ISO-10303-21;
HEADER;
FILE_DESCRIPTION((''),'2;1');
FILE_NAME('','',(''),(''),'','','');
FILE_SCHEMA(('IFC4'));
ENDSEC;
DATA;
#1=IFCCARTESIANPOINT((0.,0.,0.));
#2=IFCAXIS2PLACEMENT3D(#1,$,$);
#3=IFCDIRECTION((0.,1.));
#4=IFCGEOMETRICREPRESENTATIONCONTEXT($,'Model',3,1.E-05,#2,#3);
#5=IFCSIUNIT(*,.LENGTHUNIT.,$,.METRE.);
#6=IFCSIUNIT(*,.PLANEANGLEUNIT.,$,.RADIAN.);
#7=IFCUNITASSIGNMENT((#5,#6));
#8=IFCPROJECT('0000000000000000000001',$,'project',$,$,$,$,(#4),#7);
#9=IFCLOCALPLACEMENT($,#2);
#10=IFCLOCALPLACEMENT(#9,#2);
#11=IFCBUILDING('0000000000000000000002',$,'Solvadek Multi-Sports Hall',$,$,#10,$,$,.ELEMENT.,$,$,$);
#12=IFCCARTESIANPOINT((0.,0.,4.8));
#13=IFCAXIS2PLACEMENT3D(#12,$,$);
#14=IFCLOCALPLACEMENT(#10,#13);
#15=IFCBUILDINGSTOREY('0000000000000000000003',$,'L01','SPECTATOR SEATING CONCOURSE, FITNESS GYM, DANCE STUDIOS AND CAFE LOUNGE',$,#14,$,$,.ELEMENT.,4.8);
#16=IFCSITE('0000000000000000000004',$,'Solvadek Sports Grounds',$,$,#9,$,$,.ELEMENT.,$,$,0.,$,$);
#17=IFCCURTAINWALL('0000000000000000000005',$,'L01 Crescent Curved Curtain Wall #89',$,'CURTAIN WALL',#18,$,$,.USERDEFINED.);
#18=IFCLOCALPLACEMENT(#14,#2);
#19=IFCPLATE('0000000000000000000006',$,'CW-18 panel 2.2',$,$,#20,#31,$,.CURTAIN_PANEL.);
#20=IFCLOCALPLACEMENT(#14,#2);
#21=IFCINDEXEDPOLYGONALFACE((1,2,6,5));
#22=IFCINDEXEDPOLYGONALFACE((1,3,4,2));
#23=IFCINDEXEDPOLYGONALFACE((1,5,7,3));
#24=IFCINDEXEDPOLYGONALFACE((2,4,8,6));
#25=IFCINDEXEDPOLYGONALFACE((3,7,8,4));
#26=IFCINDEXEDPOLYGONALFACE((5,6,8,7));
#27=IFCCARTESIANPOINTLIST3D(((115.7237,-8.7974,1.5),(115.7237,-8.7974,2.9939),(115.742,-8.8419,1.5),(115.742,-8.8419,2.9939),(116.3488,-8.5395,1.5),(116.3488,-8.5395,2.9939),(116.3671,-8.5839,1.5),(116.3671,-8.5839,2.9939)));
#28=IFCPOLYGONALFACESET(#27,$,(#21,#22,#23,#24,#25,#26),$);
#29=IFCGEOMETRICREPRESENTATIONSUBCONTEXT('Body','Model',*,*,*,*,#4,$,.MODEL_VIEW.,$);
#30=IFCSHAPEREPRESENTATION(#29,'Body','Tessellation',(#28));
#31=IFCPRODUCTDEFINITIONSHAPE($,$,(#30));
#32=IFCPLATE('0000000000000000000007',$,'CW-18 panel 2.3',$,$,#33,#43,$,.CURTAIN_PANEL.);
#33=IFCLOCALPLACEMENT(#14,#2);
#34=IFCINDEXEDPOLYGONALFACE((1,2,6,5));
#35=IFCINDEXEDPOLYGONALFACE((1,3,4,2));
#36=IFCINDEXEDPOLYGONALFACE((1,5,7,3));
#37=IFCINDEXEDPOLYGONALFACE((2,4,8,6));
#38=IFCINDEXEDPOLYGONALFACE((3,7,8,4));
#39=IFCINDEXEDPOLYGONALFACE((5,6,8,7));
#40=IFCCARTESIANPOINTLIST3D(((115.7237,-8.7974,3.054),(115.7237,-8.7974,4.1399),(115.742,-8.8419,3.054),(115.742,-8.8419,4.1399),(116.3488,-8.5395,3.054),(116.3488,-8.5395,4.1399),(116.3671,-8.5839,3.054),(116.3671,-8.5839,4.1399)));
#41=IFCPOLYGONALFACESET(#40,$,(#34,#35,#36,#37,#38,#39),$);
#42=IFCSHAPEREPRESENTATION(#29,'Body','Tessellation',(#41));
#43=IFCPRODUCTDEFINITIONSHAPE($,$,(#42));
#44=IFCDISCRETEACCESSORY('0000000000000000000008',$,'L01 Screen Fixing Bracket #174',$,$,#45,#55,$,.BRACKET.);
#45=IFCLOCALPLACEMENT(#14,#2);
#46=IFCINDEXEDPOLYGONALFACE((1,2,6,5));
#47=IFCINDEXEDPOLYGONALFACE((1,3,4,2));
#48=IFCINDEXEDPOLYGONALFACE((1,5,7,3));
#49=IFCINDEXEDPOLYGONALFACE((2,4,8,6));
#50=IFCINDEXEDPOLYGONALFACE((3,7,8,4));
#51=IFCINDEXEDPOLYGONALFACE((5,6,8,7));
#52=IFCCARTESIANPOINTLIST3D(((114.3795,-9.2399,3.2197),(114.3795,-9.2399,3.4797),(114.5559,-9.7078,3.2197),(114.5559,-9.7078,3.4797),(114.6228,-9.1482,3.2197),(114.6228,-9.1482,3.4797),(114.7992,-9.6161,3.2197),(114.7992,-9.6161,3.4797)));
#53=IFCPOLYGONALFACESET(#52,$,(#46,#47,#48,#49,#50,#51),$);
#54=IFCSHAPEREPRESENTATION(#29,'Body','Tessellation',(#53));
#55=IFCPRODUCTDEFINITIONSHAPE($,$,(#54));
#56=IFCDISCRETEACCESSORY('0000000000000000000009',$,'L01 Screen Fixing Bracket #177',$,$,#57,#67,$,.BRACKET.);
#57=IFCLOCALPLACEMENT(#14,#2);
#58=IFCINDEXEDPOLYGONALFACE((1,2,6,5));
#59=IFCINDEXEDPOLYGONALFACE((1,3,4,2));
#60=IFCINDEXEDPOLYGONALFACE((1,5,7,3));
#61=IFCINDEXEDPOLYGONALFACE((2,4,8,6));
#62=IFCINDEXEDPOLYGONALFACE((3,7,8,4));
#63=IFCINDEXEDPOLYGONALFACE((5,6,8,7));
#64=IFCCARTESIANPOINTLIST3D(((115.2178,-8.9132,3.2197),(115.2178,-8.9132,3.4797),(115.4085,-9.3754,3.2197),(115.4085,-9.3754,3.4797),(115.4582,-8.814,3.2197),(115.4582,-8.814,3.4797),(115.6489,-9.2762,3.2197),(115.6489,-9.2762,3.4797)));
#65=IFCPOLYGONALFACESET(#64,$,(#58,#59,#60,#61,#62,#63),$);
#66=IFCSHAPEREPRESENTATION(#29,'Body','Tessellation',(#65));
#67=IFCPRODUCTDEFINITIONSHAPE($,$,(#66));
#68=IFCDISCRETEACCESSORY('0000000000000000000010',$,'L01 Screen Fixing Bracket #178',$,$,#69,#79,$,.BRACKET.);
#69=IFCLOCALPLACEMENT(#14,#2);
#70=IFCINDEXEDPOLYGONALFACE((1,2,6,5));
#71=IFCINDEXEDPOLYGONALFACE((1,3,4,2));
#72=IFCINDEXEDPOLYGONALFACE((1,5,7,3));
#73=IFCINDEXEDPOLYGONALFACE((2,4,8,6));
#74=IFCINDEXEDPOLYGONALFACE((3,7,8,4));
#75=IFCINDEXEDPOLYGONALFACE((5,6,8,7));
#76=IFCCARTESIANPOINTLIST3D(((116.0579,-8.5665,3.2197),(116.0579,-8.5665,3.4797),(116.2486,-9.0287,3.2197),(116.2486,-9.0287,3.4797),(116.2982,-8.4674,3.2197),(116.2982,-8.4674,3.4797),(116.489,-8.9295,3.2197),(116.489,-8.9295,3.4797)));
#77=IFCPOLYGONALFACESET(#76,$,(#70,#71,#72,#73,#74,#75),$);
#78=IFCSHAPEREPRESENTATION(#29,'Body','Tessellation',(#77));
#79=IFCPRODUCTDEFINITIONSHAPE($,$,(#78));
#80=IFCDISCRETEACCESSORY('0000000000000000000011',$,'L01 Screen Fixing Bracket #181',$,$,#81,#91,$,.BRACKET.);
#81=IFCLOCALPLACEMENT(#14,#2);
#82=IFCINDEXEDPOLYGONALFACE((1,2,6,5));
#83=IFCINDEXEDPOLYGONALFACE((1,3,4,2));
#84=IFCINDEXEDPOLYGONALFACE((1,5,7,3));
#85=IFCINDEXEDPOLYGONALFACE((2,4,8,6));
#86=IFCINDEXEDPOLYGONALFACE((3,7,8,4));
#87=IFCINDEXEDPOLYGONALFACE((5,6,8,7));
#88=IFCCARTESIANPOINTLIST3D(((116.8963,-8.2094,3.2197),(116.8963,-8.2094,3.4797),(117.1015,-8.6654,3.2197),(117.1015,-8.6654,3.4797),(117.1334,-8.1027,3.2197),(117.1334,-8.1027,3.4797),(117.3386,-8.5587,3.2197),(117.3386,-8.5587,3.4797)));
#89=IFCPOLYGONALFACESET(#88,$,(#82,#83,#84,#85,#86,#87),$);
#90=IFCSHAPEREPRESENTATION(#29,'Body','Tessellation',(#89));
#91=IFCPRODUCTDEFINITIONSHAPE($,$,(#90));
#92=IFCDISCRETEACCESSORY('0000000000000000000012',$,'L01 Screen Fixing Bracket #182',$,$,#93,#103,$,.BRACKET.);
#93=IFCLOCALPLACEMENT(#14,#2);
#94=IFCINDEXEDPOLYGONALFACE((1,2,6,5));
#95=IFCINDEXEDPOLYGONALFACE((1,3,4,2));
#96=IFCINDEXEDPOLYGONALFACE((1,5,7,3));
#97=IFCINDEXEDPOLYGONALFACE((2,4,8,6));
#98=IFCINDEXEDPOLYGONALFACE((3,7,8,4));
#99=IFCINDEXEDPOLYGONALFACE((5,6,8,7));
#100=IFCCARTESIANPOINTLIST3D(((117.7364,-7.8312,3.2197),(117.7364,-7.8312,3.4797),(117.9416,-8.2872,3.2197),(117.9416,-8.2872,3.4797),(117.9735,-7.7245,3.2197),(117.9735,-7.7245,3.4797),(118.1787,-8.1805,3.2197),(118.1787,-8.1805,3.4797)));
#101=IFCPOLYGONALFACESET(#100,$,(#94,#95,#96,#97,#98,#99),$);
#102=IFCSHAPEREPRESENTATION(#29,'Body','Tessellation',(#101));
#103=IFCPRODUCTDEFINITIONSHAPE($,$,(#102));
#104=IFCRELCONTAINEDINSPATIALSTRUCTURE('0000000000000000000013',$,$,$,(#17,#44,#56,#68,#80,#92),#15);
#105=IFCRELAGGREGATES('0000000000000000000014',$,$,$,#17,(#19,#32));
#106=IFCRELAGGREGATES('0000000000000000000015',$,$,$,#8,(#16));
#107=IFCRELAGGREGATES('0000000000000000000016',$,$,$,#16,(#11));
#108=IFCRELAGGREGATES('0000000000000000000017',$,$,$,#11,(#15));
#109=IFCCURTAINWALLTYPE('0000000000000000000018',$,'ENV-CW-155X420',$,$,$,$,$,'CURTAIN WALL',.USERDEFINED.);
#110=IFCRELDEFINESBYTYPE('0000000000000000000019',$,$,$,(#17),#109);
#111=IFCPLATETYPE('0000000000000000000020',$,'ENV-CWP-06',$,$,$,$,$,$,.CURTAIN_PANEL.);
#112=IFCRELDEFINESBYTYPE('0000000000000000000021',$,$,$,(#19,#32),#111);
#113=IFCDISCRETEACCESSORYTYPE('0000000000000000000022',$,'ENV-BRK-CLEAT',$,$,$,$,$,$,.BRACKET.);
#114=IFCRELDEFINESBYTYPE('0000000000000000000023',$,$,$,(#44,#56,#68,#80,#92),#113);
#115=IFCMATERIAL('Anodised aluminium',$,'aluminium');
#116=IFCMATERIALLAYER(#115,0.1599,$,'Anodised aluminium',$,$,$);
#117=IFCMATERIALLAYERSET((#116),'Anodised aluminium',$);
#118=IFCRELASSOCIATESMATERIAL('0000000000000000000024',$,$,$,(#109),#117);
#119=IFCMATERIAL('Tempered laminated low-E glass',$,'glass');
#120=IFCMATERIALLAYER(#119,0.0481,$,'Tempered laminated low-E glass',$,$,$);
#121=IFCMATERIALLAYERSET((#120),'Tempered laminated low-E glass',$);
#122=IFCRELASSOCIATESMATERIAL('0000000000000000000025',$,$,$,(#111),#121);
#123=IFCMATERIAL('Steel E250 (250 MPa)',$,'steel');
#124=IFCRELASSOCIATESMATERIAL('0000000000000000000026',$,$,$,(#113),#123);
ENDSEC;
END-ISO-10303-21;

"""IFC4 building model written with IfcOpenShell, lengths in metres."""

from ifc_helpers import new_model, si_unit, direction, frame, origin, origin_2d, place, context, subcontext, project, spatial, rectangle, extrude, material, layer, layer_set, type_object, element, aggregate, save


model = new_model("IFC4")

# Units and contexts
model_context = context("Model", 3, precision=1e-05, world=origin(), true_north=direction((0.0, 1.0)))
body_context = subcontext(model_context, "Body", "Model", "MODEL_VIEW")
ifc_project = project(units=[si_unit("LENGTHUNIT", "METRE"), si_unit("PLANEANGLEUNIT", "RADIAN")], contexts=[model_context])

# Site, building, storey
site_placement = place(None, origin())
site = spatial("IfcSite", under=ifc_project, at=site_placement, Name="Solvadek Sports Grounds", CompositionType="ELEMENT", RefElevation=0.0)
building_placement = place(site_placement, origin())
building = spatial("IfcBuilding", under=site, at=building_placement, Name="Solvadek Multi-Sports Hall", CompositionType="ELEMENT")
storey_placement = place(building_placement, frame((0.0, 0.0, 4.8)))
storey = spatial("IfcBuildingStorey", under=building, at=storey_placement, Name="L01", Description="SPECTATOR SEATING CONCOURSE, FITNESS GYM, DANCE STUDIOS AND CAFE LOUNGE", CompositionType="ELEMENT", Elevation=4.8)

# Curtain wall
ifc_material_1 = material(Name="Anodised aluminium", Category="aluminium")
ifc_layer_1 = layer(ifc_material_1, 0.1599, Name="Anodised aluminium")
ifc_layer_set_1 = layer_set([ifc_layer_1], Name="Anodised aluminium")
curtain_wall_type_1 = type_object("IfcCurtainWallType", Name="ENV-CW-155X420", ElementType="CURTAIN WALL", PredefinedType="USERDEFINED", material=ifc_layer_set_1)
curtain_wall_1_placement = place(storey_placement, origin())
curtain_wall_1 = element("IfcCurtainWall", 1, at=curtain_wall_1_placement, inside=storey, type_object=curtain_wall_type_1, Name="L01 Crescent Curved Curtain Wall #89", ObjectType="CURTAIN WALL", PredefinedType="USERDEFINED")

# Shared definitions
ifc_material_2 = material(Name="Steel E250 (250 MPa)", Category="steel")

# Plates
ifc_material_3 = material(Name="Tempered laminated low-E glass", Category="glass")
ifc_layer_2 = layer(ifc_material_3, 0.0481, Name="Tempered laminated low-E glass")
ifc_layer_set_2 = layer_set([ifc_layer_2], Name="Tempered laminated low-E glass")
plate_type_1 = type_object("IfcPlateType", Name="ENV-CWP-06", PredefinedType="CURTAIN_PANEL", material=ifc_layer_set_2)
plate_1_placement = place(storey_placement, frame((116.0454, -8.6907, 1.5), z_axis=(0.0, 0.0, 1.0), x_axis=(0.924379, 0.381475, 0.0)))
plate_1 = element("IfcPlate", 2, at=plate_1_placement, type_object=plate_type_1, Name="CW-18 panel 2.2", PredefinedType="CURTAIN_PANEL", context=body_context, shape_type="SweptSolid", body=[
    extrude(rectangle(XDim=0.6763, YDim=0.0481, at=origin_2d()), origin(), (0.0, 0.0, 1.0), 1.4939),
])
plate_2_placement = place(storey_placement, frame((116.0454, -8.6907, 3.054), z_axis=(0.0, 0.0, 1.0), x_axis=(0.924379, 0.381475, 0.0)))
plate_2 = element("IfcPlate", 3, at=plate_2_placement, type_object=plate_type_1, Name="CW-18 panel 2.3", PredefinedType="CURTAIN_PANEL", context=body_context, shape_type="SweptSolid", body=[
    extrude(rectangle(XDim=0.6763, YDim=0.0481, at=origin_2d()), origin(), (0.0, 0.0, 1.0), 1.0859),
])
aggregate(curtain_wall_1, [plate_1, plate_2])

# Discrete accessories
discrete_accessory_type = type_object("IfcDiscreteAccessoryType", Name="ENV-BRK-CLEAT", PredefinedType="BRACKET", material=ifc_material_2)
for number, where, z_axis, x_axis, name in (
    (4, (114.5894, -9.428, 3.2197), (0.0, 0.0, 1.0), (0.93576, 0.352637, 0.0), "L01 Screen Fixing Bracket #174"),
    (5, (115.4333, -9.0947, 3.2197), (0.0, 0.0, 1.0), (0.92438, 0.381472, 0.0), "L01 Screen Fixing Bracket #177"),
    (6, (116.2734, -8.748, 3.2197), (0.0, 0.0, 1.0), (0.92438, 0.381472, 0.0), "L01 Screen Fixing Bracket #178"),
    (7, (117.1174, -8.384, 3.2197), (0.0, 0.0, 1.0), (0.911922, 0.410365, 0.0), "L01 Screen Fixing Bracket #181"),
    (8, (117.9575, -8.0059, 3.2197), (0.0, 0.0, 1.0), (0.911922, 0.410365, 0.0), "L01 Screen Fixing Bracket #182"),
):
    element("IfcDiscreteAccessory", number, at=place(storey_placement, frame(where, z_axis=z_axis, x_axis=x_axis)), inside=storey, type_object=discrete_accessory_type, Name=name, PredefinedType="BRACKET", context=body_context, shape_type="SweptSolid", body=[
        extrude(rectangle(XDim=0.26, YDim=0.5, at=origin_2d()), origin(), (0.0, 0.0, 1.0), 0.26),
    ])

save(model, "model.ifc")
